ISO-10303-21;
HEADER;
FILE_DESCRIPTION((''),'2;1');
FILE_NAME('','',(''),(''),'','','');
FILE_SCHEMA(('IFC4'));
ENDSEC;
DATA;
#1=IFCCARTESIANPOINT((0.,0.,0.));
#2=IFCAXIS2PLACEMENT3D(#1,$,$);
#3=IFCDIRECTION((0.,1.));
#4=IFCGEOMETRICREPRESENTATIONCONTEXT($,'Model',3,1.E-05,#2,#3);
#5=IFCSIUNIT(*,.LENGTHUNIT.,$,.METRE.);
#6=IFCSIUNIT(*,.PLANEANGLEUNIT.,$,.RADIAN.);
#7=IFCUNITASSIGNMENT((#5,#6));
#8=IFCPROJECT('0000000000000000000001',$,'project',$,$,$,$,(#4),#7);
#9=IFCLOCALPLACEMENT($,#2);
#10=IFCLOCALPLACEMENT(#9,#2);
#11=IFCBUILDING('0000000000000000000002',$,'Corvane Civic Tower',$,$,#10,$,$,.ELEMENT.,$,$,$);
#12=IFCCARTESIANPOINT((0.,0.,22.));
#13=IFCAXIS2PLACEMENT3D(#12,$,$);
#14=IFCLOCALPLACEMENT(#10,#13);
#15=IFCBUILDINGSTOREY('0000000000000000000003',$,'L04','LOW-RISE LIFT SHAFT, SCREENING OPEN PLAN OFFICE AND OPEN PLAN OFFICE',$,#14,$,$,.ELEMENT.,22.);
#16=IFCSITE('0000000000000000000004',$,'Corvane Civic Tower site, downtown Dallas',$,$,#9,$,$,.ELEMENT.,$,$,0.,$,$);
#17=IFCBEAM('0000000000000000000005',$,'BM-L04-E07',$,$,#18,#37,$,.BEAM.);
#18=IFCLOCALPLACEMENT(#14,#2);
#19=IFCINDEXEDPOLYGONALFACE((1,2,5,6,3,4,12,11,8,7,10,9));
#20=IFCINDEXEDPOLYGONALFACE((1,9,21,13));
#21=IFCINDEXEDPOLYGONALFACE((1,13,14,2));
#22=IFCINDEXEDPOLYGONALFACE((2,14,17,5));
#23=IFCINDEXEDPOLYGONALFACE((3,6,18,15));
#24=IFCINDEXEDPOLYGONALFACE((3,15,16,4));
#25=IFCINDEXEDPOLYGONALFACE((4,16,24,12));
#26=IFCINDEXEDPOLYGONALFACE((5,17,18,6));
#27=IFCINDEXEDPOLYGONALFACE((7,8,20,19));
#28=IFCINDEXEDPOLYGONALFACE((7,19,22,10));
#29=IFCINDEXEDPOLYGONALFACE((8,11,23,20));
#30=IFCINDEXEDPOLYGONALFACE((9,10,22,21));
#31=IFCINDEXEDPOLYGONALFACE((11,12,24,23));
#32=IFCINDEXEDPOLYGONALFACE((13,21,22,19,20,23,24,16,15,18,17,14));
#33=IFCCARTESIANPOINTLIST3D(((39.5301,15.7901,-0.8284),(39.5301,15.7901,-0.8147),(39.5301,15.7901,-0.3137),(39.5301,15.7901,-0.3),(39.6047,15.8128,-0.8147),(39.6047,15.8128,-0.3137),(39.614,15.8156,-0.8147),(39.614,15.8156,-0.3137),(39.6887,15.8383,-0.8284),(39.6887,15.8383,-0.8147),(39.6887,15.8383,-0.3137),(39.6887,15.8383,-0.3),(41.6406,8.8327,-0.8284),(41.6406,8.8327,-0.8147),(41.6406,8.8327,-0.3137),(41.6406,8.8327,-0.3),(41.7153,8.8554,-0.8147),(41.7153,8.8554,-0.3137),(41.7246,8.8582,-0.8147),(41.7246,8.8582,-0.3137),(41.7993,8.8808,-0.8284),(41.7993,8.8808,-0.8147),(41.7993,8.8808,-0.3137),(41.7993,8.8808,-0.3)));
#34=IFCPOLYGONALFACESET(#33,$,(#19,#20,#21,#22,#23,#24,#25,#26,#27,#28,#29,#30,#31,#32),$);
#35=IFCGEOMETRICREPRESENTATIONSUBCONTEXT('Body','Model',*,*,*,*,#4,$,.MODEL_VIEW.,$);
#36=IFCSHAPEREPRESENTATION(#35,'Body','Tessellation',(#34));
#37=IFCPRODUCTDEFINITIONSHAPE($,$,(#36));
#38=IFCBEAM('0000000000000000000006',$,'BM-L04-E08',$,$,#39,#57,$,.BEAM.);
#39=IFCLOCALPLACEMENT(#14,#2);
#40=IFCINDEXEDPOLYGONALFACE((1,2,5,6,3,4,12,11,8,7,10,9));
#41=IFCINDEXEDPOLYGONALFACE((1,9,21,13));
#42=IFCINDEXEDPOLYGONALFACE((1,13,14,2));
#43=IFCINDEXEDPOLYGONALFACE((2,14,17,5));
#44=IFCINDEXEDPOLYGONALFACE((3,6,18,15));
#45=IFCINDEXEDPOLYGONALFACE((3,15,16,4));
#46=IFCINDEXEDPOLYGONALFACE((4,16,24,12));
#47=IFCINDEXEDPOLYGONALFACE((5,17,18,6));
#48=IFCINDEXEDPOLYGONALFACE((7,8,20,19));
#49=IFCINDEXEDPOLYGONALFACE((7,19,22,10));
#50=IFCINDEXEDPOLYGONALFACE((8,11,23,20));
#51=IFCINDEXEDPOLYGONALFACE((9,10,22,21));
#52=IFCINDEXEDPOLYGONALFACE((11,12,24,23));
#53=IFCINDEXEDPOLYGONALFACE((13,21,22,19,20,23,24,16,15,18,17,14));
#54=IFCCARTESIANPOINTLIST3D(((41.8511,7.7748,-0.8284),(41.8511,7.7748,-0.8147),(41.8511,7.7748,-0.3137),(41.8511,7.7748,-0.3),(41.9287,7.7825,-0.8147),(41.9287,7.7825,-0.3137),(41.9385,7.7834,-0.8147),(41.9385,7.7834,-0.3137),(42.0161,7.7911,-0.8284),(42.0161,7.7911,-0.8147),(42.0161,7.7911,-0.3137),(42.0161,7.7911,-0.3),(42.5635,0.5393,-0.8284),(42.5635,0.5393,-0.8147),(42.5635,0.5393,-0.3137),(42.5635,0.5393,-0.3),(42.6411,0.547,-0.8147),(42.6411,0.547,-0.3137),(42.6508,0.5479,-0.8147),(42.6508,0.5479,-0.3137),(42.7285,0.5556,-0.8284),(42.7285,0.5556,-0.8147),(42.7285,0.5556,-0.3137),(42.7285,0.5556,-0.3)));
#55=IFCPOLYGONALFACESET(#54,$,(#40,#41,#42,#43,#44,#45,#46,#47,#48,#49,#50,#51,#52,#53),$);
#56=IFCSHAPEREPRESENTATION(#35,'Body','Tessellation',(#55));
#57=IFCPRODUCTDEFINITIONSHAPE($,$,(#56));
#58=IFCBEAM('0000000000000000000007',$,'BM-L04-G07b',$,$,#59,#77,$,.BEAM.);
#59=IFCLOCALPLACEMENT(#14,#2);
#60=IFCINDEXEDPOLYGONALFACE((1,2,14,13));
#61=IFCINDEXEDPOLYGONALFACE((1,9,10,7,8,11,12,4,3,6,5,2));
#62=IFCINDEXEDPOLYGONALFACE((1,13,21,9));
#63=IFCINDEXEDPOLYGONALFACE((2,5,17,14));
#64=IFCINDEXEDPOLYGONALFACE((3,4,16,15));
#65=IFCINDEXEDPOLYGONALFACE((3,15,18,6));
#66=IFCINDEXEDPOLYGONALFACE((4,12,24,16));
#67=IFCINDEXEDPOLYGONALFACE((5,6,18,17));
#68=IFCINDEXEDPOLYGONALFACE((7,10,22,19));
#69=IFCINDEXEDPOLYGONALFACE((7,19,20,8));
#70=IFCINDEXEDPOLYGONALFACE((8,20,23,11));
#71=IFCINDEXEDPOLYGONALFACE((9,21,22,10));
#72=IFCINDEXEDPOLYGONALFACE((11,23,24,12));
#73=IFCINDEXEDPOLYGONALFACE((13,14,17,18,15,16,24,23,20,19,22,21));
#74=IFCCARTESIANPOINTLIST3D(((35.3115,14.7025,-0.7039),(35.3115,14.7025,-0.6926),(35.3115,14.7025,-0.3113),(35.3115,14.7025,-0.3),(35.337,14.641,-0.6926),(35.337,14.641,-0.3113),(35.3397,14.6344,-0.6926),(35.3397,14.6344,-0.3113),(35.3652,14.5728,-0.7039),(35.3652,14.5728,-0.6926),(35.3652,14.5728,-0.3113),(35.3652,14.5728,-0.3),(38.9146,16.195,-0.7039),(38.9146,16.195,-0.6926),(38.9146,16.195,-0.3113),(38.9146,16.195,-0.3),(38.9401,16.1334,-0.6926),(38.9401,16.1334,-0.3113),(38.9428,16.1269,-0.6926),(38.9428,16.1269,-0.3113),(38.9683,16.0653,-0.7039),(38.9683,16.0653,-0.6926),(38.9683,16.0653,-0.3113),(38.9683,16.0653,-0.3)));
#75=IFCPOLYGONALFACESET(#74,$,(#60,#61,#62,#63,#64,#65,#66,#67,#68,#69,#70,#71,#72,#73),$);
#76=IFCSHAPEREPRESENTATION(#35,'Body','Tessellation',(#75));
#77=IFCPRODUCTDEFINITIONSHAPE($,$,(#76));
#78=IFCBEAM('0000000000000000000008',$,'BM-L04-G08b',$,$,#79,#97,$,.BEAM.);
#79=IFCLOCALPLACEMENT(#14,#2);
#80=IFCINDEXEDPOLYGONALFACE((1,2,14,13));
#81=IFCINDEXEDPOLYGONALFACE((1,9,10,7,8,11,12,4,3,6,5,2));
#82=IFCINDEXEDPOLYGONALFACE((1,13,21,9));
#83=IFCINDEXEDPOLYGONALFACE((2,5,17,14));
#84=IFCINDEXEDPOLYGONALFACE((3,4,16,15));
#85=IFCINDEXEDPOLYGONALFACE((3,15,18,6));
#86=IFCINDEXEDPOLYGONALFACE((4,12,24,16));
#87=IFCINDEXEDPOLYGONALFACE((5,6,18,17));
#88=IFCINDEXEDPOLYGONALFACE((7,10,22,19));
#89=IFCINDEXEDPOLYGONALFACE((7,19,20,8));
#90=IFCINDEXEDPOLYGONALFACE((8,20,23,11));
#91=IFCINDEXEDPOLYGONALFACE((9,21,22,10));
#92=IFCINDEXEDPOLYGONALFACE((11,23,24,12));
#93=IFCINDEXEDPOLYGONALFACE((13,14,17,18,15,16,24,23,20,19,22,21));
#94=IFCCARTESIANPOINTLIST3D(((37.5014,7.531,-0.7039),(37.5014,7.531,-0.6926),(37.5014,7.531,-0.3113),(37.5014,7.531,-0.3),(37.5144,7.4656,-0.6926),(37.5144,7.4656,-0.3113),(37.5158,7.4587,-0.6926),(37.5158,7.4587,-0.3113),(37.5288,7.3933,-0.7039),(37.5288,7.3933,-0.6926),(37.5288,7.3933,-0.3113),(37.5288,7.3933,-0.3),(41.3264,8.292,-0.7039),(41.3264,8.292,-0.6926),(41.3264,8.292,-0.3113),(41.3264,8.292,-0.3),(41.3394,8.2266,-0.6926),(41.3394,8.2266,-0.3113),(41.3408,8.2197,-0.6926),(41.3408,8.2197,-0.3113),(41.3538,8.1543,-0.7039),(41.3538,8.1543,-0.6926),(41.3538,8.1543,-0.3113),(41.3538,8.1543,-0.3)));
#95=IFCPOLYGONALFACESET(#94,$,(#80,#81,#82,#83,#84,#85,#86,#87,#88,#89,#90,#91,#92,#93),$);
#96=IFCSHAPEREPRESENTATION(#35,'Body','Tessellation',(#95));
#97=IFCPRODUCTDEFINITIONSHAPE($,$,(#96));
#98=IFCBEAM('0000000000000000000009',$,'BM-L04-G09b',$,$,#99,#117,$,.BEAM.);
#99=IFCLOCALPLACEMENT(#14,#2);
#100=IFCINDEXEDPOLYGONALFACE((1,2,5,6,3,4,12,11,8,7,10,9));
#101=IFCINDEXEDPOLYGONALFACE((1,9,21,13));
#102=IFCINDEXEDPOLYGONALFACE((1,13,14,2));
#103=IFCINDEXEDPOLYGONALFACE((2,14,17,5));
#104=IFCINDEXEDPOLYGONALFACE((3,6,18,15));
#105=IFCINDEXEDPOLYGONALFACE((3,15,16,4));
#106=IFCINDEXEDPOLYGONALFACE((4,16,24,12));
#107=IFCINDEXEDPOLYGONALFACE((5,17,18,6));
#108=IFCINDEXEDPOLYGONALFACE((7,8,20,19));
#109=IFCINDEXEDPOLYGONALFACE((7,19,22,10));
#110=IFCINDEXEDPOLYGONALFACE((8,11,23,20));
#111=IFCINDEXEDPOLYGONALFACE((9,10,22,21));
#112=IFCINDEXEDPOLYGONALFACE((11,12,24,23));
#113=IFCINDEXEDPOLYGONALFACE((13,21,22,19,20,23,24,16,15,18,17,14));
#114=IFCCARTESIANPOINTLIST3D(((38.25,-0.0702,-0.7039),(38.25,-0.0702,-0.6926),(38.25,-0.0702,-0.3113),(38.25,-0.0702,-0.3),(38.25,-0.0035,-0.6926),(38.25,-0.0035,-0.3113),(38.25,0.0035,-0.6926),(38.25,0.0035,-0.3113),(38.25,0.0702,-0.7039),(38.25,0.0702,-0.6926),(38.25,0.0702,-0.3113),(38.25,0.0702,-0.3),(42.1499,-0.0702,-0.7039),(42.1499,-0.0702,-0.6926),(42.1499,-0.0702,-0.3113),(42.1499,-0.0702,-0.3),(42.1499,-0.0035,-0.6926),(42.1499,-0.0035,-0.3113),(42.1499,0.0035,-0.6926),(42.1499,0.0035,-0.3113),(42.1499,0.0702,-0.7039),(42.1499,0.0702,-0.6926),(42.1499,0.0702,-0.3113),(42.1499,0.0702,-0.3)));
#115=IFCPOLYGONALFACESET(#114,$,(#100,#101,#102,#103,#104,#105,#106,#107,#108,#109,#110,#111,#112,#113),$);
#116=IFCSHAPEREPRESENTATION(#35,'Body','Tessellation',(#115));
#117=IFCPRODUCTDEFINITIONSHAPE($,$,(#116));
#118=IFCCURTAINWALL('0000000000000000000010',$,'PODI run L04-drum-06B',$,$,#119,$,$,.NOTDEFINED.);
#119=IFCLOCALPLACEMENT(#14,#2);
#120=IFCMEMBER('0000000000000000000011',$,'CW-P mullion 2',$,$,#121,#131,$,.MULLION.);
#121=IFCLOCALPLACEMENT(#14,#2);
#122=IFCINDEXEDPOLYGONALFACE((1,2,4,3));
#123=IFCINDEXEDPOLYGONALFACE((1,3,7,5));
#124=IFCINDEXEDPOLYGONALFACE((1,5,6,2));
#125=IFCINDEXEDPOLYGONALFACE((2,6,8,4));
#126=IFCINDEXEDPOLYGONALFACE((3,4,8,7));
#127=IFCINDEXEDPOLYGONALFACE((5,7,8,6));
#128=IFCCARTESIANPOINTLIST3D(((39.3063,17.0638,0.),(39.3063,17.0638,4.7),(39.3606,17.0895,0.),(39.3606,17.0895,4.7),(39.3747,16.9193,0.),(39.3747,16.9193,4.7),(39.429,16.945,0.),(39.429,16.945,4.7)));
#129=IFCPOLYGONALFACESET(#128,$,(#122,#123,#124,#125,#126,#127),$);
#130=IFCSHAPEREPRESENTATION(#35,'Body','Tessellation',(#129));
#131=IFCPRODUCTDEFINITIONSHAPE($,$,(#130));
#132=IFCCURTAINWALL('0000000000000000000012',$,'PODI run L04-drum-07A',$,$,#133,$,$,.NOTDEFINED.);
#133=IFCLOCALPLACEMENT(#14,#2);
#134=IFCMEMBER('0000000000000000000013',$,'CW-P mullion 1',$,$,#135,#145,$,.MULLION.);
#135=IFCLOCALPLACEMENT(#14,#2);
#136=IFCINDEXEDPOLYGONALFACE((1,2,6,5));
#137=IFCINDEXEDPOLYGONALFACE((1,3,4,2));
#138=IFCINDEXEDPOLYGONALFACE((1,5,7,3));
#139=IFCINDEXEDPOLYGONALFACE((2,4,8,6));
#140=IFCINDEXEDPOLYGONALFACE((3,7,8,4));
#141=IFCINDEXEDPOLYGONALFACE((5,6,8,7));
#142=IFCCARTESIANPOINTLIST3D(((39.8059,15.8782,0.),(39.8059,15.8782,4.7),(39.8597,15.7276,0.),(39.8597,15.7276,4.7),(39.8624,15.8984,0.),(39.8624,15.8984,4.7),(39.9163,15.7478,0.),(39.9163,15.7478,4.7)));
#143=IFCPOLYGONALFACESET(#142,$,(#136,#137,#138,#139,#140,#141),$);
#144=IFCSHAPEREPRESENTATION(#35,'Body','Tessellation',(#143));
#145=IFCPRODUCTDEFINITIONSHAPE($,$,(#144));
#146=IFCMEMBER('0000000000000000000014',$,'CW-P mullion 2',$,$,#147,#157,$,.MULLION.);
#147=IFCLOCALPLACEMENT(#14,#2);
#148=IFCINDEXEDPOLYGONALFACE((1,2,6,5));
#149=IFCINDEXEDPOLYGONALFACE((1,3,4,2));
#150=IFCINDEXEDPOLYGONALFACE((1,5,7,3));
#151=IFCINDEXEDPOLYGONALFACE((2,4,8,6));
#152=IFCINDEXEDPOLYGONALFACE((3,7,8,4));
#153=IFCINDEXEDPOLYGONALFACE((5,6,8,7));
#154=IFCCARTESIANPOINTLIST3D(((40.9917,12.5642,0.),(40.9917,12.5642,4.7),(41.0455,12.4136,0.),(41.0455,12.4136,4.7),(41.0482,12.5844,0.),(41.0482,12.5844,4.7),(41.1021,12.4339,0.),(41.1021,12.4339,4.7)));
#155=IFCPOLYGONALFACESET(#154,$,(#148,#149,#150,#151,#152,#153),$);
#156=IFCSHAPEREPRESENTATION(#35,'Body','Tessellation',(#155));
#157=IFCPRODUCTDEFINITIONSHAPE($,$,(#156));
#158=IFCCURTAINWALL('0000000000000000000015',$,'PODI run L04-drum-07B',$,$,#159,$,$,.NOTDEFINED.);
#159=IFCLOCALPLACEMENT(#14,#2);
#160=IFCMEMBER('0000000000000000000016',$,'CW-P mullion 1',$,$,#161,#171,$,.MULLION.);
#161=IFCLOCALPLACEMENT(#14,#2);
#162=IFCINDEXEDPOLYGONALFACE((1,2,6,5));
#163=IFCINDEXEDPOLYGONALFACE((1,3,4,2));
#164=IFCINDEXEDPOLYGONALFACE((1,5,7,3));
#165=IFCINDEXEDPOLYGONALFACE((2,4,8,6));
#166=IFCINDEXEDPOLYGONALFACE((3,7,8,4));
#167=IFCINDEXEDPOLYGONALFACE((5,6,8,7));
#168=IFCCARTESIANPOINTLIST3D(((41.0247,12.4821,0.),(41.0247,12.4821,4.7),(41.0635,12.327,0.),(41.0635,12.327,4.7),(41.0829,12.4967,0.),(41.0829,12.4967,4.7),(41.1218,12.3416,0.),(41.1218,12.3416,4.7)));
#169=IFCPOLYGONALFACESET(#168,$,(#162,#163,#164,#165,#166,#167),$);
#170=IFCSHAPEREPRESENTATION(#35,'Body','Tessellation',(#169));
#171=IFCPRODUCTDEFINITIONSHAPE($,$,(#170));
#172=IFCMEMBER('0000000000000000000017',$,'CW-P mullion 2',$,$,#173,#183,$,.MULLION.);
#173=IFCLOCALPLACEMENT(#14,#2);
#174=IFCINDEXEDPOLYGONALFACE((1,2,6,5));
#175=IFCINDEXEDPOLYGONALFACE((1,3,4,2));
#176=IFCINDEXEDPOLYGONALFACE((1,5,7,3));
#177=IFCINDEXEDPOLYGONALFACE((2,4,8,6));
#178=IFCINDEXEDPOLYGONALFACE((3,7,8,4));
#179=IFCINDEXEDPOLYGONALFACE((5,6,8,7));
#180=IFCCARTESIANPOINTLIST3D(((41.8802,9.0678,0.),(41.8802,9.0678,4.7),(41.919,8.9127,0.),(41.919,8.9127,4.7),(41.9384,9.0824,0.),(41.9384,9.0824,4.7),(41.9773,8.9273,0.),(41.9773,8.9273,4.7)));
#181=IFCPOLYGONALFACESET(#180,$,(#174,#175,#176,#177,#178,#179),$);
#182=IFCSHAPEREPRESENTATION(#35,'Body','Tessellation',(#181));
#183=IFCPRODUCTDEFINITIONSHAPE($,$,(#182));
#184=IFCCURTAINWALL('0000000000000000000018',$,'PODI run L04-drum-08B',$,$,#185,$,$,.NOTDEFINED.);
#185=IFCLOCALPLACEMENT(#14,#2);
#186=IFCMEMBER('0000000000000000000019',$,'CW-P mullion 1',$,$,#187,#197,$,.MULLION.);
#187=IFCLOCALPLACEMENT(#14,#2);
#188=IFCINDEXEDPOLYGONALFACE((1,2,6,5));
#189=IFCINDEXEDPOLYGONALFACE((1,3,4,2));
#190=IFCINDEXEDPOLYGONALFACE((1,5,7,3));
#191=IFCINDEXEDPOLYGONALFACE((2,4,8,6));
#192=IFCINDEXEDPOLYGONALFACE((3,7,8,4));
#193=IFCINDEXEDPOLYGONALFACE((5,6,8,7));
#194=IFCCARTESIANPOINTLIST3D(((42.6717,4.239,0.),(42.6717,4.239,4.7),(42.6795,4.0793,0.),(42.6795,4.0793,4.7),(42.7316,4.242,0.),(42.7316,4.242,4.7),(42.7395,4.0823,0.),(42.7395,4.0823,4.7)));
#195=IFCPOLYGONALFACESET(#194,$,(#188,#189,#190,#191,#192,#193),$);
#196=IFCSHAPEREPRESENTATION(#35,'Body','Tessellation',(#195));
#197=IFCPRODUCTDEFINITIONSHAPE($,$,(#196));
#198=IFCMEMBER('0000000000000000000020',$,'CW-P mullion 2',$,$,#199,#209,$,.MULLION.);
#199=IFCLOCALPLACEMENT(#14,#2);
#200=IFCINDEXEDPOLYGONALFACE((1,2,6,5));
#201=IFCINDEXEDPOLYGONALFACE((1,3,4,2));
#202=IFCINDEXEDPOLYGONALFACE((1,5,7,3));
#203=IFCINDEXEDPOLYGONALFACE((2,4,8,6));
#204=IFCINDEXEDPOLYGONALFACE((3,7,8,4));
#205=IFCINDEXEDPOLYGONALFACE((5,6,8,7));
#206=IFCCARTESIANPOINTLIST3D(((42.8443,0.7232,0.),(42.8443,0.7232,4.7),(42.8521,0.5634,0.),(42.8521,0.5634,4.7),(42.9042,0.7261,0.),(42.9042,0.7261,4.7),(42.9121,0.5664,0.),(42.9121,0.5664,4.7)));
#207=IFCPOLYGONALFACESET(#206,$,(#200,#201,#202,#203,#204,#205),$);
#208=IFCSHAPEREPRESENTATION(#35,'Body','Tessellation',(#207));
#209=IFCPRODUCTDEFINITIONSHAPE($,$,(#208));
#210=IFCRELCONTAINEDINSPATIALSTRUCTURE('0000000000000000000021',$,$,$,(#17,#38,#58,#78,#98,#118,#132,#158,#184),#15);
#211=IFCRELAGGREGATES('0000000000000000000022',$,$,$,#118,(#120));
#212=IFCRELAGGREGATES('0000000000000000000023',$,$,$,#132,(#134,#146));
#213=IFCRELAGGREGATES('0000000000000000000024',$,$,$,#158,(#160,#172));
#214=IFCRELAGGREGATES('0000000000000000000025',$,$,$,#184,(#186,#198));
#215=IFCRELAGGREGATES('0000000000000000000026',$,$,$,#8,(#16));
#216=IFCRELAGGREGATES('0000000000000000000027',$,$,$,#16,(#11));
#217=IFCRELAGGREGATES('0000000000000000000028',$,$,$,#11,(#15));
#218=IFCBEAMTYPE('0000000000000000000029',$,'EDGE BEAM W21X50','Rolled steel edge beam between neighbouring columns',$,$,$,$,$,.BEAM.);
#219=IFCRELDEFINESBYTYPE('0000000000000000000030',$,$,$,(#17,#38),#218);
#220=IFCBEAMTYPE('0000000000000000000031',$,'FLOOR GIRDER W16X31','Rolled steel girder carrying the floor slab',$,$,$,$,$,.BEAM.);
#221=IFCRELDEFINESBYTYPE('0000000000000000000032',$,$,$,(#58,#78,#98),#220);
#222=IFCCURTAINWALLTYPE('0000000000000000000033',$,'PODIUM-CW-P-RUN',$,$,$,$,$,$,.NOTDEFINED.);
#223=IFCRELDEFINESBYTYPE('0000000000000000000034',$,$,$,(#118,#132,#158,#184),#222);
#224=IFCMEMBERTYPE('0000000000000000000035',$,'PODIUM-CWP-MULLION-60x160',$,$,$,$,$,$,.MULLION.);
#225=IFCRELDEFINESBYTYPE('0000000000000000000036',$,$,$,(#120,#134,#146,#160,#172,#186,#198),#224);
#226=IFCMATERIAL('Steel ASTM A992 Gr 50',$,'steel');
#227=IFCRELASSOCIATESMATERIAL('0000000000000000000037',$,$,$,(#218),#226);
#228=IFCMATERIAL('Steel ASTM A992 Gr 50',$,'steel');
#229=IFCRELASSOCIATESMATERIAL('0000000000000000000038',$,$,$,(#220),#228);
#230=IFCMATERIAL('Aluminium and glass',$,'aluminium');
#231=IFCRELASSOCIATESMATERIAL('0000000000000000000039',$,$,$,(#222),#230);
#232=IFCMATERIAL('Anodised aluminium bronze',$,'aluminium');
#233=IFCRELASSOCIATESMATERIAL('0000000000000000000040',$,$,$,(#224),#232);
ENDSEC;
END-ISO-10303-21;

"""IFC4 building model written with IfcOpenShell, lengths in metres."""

from ifc_helpers import new_model, si_unit, direction, frame, origin, origin_2d, place, context, subcontext, project, spatial, rectangle, i_section, extrude, material, material_profile, profile_set, type_object, element, aggregate, save


model = new_model("IFC4")

# Units and contexts
model_context = context("Model", 3, precision=1e-05, world=origin(), true_north=direction((0.0, 1.0)))
body_context = subcontext(model_context, "Body", "Model", "MODEL_VIEW")
ifc_project = project(units=[si_unit("LENGTHUNIT", "METRE"), si_unit("PLANEANGLEUNIT", "RADIAN")], contexts=[model_context])

# Site, building, storey
site_placement = place(None, origin())
site = spatial("IfcSite", under=ifc_project, at=site_placement, Name="Corvane Civic Tower site, downtown Dallas", CompositionType="ELEMENT", RefElevation=0.0)
building_placement = place(site_placement, origin())
building = spatial("IfcBuilding", under=site, at=building_placement, Name="Corvane Civic Tower", CompositionType="ELEMENT")
storey_placement = place(building_placement, frame((0.0, 0.0, 22.0)))
storey = spatial("IfcBuildingStorey", under=building, at=storey_placement, Name="L04", Description="LOW-RISE LIFT SHAFT, SCREENING OPEN PLAN OFFICE AND OPEN PLAN OFFICE", CompositionType="ELEMENT", Elevation=22.0)

# Beams
ifc_material_1 = material(Name="Steel ASTM A992 Gr 50", Category="steel")
ifc_material_profile_1 = material_profile(ifc_material_1, i_section(OverallWidth=0.1658, OverallDepth=0.5283, WebThickness=0.0098, FlangeThickness=0.0137, at=origin_2d()), Name="W21X50")
ifc_profile_set_1 = profile_set([ifc_material_profile_1], Name="Steel ASTM A992 Gr 50")
beam_type_1 = type_object("IfcBeamType", Name="EDGE BEAM W21X50", Description="Rolled steel edge beam between neighbouring columns", PredefinedType="BEAM", material=ifc_profile_set_1)
for number, where, z_axis, x_axis, name in (
    (1, (39.6094, 15.8142, -0.5642), (0.290292, -0.956938, 0.0), (0.956938, 0.290292, 0.0), "BM-L04-E07"),
    (2, (41.9336, 7.783, -0.5642), (0.097984, -0.995188, 0.0), (0.995188, 0.097984, 0.0), "BM-L04-E08"),
):
    element("IfcBeam", number, at=place(storey_placement, frame(where, z_axis=z_axis, x_axis=x_axis)), inside=storey, type_object=beam_type_1, Name=name, PredefinedType="BEAM", context=body_context, shape_type="SweptSolid", body=[
        extrude(i_section(OverallWidth=0.1658, OverallDepth=0.5283, WebThickness=0.0098, FlangeThickness=0.0137, at=origin_2d()), origin(), (0.0, 0.0, 1.0), 7.2705),
    ])
ifc_material_2 = material(Name="Steel ASTM A992 Gr 50", Category="steel")
ifc_material_profile_2 = material_profile(ifc_material_2, i_section(OverallWidth=0.1404, OverallDepth=0.4038, WebThickness=0.0071, FlangeThickness=0.0112, at=origin_2d()), Name="W16X31")
ifc_profile_set_2 = profile_set([ifc_material_profile_2], Name="Steel ASTM A992 Gr 50")
beam_type_2 = type_object("IfcBeamType", Name="FLOOR GIRDER W16X31", Description="Rolled steel girder carrying the floor slab", PredefinedType="BEAM", material=ifc_profile_set_2)
for number, where, z_axis, x_axis, name in (
    (3, (35.3384, 14.6377, -0.502), (0.923879, 0.382685, 0.0), (-0.382685, 0.923879, 0.0), "BM-L04-G07b"),
    (4, (37.5151, 7.4622, -0.502), (0.980778, 0.195129, 0.0), (-0.195129, 0.980778, 0.0), "BM-L04-G08b"),
    (5, (38.25, 0.0, -0.502), (1.0, 0.0, 0.0), (0.0, 1.0, 0.0), "BM-L04-G09b"),
):
    element("IfcBeam", number, at=place(storey_placement, frame(where, z_axis=z_axis, x_axis=x_axis)), inside=storey, type_object=beam_type_2, Name=name, PredefinedType="BEAM", context=body_context, shape_type="SweptSolid", body=[
        extrude(i_section(OverallWidth=0.1404, OverallDepth=0.4038, WebThickness=0.0071, FlangeThickness=0.0112, at=origin_2d()), origin(), (0.0, 0.0, 1.0), 3.8999),
    ])

# Curtain wall, member
ifc_material_3 = material(Name="Aluminium and glass", Category="aluminium")
curtain_wall_type = type_object("IfcCurtainWallType", Name="PODIUM-CW-P-RUN", PredefinedType="NOTDEFINED", material=ifc_material_3)
curtain_wall_1_placement = place(storey_placement, origin())
curtain_wall_1 = element("IfcCurtainWall", 6, at=curtain_wall_1_placement, inside=storey, type_object=curtain_wall_type, Name="PODI run L04-drum-06B", PredefinedType="NOTDEFINED")
ifc_material_4 = material(Name="Anodised aluminium bronze", Category="aluminium")
ifc_material_profile_3 = material_profile(ifc_material_4, rectangle(XDim=0.0601, YDim=0.1599, at=origin_2d()), Name="AL 60x160")
ifc_profile_set_3 = profile_set([ifc_material_profile_3], Name="Anodised aluminium bronze")
member_type_1 = type_object("IfcMemberType", Name="PODIUM-CWP-MULLION-60x160", PredefinedType="MULLION", material=ifc_profile_set_3)
member_1_placement = place(storey_placement, frame((39.3677, 17.0044, 0.0), z_axis=(0.0, 0.0, 1.0), x_axis=(0.90399, 0.427553, 0.0)))
member_1 = element("IfcMember", 7, at=member_1_placement, type_object=member_type_1, Name="CW-P mullion 2", PredefinedType="MULLION", context=body_context, shape_type="SweptSolid", body=[
    extrude(rectangle(XDim=0.0601, YDim=0.1599, at=origin_2d()), origin(), (0.0, 0.0, 1.0), 4.7),
])

# Curtain walls, members
curtain_wall_2_placement = place(storey_placement, origin())
curtain_wall_2 = element("IfcCurtainWall", 8, at=curtain_wall_2_placement, inside=storey, type_object=curtain_wall_type, Name="PODI run L04-drum-07A", PredefinedType="NOTDEFINED")
member_2_placement = place(storey_placement, frame((39.8611, 15.813, 0.0), z_axis=(0.0, 0.0, 1.0), x_axis=(0.941534, 0.336919, 0.0)))
member_2 = element("IfcMember", 9, at=member_2_placement, type_object=member_type_1, Name="CW-P mullion 1", PredefinedType="MULLION", context=body_context, shape_type="SweptSolid", body=[
    extrude(rectangle(XDim=0.0601, YDim=0.1599, at=origin_2d()), origin(), (0.0, 0.0, 1.0), 4.7),
])
member_3_placement = place(storey_placement, frame((41.0469, 12.499, 0.0), z_axis=(0.0, 0.0, 1.0), x_axis=(0.941534, 0.336919, 0.0)))
member_3 = element("IfcMember", 10, at=member_3_placement, type_object=member_type_1, Name="CW-P mullion 2", PredefinedType="MULLION", context=body_context, shape_type="SweptSolid", body=[
    extrude(rectangle(XDim=0.0601, YDim=0.1599, at=origin_2d()), origin(), (0.0, 0.0, 1.0), 4.7),
])
curtain_wall_3_placement = place(storey_placement, origin())
curtain_wall_3 = element("IfcCurtainWall", 11, at=curtain_wall_3_placement, inside=storey, type_object=curtain_wall_type, Name="PODI run L04-drum-07B", PredefinedType="NOTDEFINED")
member_4_placement = place(storey_placement, frame((41.0732, 12.4119, 0.0), z_axis=(0.0, 0.0, 1.0), x_axis=(0.970024, 0.243009, 0.0)))
member_4 = element("IfcMember", 12, at=member_4_placement, type_object=member_type_1, Name="CW-P mullion 1", PredefinedType="MULLION", context=body_context, shape_type="SweptSolid", body=[
    extrude(rectangle(XDim=0.0601, YDim=0.1599, at=origin_2d()), origin(), (0.0, 0.0, 1.0), 4.7),
])
member_5_placement = place(storey_placement, frame((41.9287, 8.9976, 0.0), z_axis=(0.0, 0.0, 1.0), x_axis=(0.970024, 0.243009, 0.0)))
member_5 = element("IfcMember", 13, at=member_5_placement, type_object=member_type_1, Name="CW-P mullion 2", PredefinedType="MULLION", context=body_context, shape_type="SweptSolid", body=[
    extrude(rectangle(XDim=0.0601, YDim=0.1599, at=origin_2d()), origin(), (0.0, 0.0, 1.0), 4.7),
])
curtain_wall_4_placement = place(storey_placement, origin())
curtain_wall_4 = element("IfcCurtainWall", 14, at=curtain_wall_4_placement, inside=storey, type_object=curtain_wall_type, Name="PODI run L04-drum-08B", PredefinedType="NOTDEFINED")
member_6_placement = place(storey_placement, frame((42.7056, 4.1606, 0.0), z_axis=(0.0, 0.0, 1.0), x_axis=(0.998796, 0.04905, 0.0)))
member_6 = element("IfcMember", 15, at=member_6_placement, type_object=member_type_1, Name="CW-P mullion 1", PredefinedType="MULLION", context=body_context, shape_type="SweptSolid", body=[
    extrude(rectangle(XDim=0.0601, YDim=0.1599, at=origin_2d()), origin(), (0.0, 0.0, 1.0), 4.7),
])
member_7_placement = place(storey_placement, frame((42.8782, 0.6448, 0.0), z_axis=(0.0, 0.0, 1.0), x_axis=(0.998796, 0.04905, 0.0)))
member_7 = element("IfcMember", 16, at=member_7_placement, type_object=member_type_1, Name="CW-P mullion 2", PredefinedType="MULLION", context=body_context, shape_type="SweptSolid", body=[
    extrude(rectangle(XDim=0.0601, YDim=0.1599, at=origin_2d()), origin(), (0.0, 0.0, 1.0), 4.7),
])

aggregate(curtain_wall_1, [member_1])
aggregate(curtain_wall_2, [member_2, member_3])
aggregate(curtain_wall_3, [member_4, member_5])
aggregate(curtain_wall_4, [member_6, member_7])

save(model, "model.ifc")
